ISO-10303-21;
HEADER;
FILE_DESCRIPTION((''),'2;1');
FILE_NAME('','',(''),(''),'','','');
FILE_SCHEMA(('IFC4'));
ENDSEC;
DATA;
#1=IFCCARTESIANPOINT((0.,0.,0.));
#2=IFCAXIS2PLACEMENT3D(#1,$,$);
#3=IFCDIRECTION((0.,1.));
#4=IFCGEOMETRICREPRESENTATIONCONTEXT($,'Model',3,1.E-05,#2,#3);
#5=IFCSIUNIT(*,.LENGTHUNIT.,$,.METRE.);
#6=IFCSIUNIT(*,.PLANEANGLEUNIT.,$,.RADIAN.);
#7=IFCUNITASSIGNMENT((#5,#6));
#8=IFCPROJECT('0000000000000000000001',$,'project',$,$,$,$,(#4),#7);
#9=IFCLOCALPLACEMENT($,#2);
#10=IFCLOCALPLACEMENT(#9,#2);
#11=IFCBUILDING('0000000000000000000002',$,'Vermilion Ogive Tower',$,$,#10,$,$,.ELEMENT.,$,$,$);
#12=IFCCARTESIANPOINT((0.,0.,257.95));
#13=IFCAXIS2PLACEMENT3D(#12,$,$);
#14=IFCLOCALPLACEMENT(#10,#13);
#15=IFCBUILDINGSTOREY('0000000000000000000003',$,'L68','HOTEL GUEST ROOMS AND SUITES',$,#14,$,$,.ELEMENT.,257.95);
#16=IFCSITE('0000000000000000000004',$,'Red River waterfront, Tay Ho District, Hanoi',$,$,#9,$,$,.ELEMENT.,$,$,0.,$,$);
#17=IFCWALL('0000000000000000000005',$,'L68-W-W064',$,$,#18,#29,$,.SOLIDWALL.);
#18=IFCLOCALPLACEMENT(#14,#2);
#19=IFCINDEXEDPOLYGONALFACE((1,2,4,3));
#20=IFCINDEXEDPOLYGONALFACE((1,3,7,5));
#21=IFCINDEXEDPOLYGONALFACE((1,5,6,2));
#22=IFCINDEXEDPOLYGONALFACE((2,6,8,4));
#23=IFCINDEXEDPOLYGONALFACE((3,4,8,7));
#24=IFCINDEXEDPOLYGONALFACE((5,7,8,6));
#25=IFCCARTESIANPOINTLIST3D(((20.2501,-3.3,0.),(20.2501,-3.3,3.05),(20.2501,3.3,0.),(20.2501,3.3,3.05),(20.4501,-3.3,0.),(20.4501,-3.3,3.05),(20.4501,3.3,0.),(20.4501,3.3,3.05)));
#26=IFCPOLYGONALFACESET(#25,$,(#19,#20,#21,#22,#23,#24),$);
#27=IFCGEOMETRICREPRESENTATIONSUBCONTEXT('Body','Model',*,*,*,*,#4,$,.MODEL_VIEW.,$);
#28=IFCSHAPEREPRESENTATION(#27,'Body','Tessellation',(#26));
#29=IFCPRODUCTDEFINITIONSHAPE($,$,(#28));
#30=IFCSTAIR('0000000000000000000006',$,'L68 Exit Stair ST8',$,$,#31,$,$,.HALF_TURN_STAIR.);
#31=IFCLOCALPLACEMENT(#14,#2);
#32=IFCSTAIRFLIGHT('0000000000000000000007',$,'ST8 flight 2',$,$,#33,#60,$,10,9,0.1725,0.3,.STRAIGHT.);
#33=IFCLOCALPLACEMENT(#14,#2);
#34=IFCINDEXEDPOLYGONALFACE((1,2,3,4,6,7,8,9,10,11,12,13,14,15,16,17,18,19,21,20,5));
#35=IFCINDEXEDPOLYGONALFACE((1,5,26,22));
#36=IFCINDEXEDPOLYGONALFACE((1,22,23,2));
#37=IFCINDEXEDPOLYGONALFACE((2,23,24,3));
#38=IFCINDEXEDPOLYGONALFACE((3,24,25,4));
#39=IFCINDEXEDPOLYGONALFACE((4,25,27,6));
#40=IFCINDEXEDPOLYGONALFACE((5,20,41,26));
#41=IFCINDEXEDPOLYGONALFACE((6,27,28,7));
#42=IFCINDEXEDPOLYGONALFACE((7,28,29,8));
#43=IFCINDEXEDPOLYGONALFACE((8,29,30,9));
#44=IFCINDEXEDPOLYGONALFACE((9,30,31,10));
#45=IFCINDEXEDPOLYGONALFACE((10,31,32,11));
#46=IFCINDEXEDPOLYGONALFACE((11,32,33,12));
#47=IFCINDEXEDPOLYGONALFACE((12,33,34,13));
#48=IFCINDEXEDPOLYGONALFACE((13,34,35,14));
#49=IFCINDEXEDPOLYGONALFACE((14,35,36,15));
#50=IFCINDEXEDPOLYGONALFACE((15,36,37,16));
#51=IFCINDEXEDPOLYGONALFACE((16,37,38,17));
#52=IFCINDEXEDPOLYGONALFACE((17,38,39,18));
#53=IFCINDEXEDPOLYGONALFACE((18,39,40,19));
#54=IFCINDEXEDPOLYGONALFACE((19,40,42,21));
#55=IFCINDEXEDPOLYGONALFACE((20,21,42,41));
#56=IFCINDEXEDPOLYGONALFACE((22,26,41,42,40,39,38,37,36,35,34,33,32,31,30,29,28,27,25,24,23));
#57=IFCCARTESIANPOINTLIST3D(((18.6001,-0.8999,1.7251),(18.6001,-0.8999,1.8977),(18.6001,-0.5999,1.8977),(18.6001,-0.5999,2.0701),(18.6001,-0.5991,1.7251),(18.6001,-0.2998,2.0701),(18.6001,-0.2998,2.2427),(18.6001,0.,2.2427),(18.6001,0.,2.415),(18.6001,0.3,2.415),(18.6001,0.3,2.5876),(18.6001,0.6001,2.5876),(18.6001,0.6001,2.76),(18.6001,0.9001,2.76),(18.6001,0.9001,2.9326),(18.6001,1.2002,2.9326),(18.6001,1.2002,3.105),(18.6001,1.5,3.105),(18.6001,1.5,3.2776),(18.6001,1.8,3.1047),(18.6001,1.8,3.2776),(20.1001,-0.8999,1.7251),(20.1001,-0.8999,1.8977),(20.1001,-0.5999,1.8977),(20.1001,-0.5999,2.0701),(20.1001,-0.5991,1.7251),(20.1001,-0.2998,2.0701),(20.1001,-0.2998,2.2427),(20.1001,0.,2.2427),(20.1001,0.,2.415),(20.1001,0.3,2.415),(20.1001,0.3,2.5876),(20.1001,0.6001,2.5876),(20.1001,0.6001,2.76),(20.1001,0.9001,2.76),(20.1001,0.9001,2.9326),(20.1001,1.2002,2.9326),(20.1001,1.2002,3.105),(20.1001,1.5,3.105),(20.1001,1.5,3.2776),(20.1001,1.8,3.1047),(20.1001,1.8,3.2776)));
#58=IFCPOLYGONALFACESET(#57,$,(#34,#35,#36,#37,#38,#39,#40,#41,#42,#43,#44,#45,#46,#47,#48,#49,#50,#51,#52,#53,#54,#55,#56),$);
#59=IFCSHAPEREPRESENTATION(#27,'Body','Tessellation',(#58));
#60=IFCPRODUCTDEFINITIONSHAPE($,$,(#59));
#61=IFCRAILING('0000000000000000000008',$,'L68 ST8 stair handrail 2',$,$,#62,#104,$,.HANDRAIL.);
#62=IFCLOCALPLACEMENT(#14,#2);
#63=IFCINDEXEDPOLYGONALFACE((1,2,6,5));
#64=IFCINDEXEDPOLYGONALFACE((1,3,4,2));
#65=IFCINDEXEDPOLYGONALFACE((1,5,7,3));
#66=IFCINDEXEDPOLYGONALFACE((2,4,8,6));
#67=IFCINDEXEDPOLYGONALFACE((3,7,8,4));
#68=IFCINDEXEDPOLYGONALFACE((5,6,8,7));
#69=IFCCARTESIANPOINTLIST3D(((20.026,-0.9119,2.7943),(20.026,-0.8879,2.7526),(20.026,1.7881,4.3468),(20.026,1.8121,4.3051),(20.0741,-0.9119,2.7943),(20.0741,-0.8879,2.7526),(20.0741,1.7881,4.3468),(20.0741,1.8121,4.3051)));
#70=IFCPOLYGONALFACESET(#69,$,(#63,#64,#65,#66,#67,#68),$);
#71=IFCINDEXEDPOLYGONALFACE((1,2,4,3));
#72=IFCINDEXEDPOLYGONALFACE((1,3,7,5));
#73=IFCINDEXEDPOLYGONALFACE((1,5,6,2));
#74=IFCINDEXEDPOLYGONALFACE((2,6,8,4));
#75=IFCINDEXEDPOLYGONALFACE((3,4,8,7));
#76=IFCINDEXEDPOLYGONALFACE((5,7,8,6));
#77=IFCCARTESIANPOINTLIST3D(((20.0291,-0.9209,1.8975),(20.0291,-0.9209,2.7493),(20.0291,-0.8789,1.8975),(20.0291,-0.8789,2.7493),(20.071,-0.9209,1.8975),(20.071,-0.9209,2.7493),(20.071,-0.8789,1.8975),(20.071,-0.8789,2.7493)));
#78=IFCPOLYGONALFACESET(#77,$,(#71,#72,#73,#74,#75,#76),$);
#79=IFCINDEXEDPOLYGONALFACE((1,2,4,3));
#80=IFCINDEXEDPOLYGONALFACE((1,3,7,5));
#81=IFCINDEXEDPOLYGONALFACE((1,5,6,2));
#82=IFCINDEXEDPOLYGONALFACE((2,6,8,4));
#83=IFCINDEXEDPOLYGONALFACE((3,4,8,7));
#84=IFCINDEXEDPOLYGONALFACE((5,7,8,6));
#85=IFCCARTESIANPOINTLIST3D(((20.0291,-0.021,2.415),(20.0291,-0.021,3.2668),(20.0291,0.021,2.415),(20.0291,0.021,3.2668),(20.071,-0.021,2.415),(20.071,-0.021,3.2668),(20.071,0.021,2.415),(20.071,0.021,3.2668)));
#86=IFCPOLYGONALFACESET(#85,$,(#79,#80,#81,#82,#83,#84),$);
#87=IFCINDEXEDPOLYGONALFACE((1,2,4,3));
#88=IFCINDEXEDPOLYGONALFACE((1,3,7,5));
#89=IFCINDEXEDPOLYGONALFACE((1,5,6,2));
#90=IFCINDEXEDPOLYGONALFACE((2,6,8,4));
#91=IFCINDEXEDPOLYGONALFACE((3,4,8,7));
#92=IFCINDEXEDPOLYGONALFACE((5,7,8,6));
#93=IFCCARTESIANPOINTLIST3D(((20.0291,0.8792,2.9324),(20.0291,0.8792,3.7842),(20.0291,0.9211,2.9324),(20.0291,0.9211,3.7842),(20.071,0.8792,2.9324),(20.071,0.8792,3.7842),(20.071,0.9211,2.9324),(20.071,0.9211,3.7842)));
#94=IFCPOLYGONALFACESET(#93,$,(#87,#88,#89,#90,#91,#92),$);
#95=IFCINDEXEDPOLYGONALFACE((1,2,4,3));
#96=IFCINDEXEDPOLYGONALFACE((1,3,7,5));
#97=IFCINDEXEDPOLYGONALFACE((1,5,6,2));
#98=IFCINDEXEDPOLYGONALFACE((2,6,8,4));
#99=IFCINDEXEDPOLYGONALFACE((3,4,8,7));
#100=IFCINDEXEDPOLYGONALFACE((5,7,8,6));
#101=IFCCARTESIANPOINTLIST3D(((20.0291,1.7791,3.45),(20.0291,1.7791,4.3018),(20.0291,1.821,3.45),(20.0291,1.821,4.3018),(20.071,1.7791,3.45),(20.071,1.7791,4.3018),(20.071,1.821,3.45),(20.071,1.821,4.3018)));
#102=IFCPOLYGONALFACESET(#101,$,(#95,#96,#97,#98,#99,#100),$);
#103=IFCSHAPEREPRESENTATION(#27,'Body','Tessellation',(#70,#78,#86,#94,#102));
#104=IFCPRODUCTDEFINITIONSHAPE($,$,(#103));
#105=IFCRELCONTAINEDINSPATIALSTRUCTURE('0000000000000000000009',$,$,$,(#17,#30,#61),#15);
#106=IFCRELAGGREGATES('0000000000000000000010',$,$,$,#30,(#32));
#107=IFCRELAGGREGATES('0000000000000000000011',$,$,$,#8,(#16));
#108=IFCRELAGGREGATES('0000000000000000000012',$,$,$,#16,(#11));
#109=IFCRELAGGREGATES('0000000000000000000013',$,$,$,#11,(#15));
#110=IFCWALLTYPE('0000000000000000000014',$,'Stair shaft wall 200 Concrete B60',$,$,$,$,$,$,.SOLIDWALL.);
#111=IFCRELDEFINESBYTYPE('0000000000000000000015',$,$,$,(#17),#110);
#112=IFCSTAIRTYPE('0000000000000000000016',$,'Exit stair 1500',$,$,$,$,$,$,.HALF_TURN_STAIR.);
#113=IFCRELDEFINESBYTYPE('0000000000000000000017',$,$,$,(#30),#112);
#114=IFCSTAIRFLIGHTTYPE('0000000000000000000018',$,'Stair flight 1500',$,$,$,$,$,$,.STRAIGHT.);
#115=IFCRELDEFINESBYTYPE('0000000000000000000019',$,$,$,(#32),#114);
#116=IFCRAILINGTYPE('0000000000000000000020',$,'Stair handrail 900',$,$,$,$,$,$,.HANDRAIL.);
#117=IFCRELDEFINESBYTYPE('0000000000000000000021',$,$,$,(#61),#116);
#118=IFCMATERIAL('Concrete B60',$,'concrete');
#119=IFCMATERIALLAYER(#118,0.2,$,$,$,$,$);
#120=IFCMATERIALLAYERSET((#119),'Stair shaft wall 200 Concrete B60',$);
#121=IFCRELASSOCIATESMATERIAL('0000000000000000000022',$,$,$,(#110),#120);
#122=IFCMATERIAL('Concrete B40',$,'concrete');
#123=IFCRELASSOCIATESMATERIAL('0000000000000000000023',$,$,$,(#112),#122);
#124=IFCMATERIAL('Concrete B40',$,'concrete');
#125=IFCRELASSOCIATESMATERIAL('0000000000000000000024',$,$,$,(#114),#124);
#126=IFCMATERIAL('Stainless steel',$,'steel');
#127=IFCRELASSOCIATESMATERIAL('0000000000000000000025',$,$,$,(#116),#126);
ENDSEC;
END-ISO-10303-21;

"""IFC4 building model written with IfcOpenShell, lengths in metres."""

from ifc_helpers import new_model, si_unit, direction, frame, frame_2d, origin, origin_2d, place, context, subcontext, project, spatial, polyline, rectangle, outline, extrude, material, layer, layer_set, type_object, element, aggregate, save


model = new_model("IFC4")

# Units and contexts
model_context = context("Model", 3, precision=1e-05, world=origin(), true_north=direction((0.0, 1.0)))
body_context = subcontext(model_context, "Body", "Model", "MODEL_VIEW")
ifc_project = project(units=[si_unit("LENGTHUNIT", "METRE"), si_unit("PLANEANGLEUNIT", "RADIAN")], contexts=[model_context])

# Site, building, storey
site_placement = place(None, origin())
site = spatial("IfcSite", under=ifc_project, at=site_placement, Name="Red River waterfront, Tay Ho District, Hanoi", CompositionType="ELEMENT", RefElevation=0.0)
building_placement = place(site_placement, origin())
building = spatial("IfcBuilding", under=site, at=building_placement, Name="Vermilion Ogive Tower", CompositionType="ELEMENT")
storey_placement = place(building_placement, frame((0.0, 0.0, 257.95)))
storey = spatial("IfcBuildingStorey", under=building, at=storey_placement, Name="L68", Description="HOTEL GUEST ROOMS AND SUITES", CompositionType="ELEMENT", Elevation=257.95)

# Shared definitions
ifc_material_1 = material(Name="Concrete B60", Category="concrete")
ifc_layer_1 = layer(ifc_material_1, 0.2)
ifc_layer_set_1 = layer_set([ifc_layer_1], Name="Stair shaft wall 200 Concrete B60")
wall_type_1 = type_object("IfcWallType", Name="Stair shaft wall 200 Concrete B60", PredefinedType="SOLIDWALL", material=ifc_layer_set_1)

# Wall
wall_1_placement = place(storey_placement, frame((20.3501, -3.3, 0.0), z_axis=(0.0, 0.0, 1.0), x_axis=(0.0, 1.0, 0.0)))
element("IfcWall", 1, at=wall_1_placement, inside=storey, type_object=wall_type_1, Name="L68-W-W064", PredefinedType="SOLIDWALL", context=body_context, shape_type="SweptSolid", body=[
    extrude(rectangle(XDim=6.6001, YDim=0.2, at=frame_2d((3.3, 0.0))), origin(), (0.0, 0.0, 1.0), 3.05),
])

# Stair, stair flight
ifc_material_2 = material(Name="Concrete B40", Category="concrete")
stair_type = type_object("IfcStairType", Name="Exit stair 1500", PredefinedType="HALF_TURN_STAIR", material=ifc_material_2)
stair_placement = place(storey_placement, origin())
stair = element("IfcStair", 2, at=stair_placement, inside=storey, type_object=stair_type, Name="L68 Exit Stair ST8", PredefinedType="HALF_TURN_STAIR")
ifc_material_3 = material(Name="Concrete B40", Category="concrete")
stair_flight_type = type_object("IfcStairFlightType", Name="Stair flight 1500", PredefinedType="STRAIGHT", material=ifc_material_3)
stair_flight_placement = place(storey_placement, frame((19.3501, -0.8999, 1.7251), z_axis=(0.0, 0.0, 1.0), x_axis=(0.0, 1.0, 0.0)))
stair_flight = element("IfcStairFlight", 3, at=stair_flight_placement, type_object=stair_flight_type, Name="ST8 flight 2", NumberOfRisers=10, NumberOfTreads=9, PredefinedType="STRAIGHT", RiserHeight=0.1725, TreadLength=0.3, context=body_context, shape_type="SweptSolid", body=[
    extrude(outline(polyline([(0.0, 0.0), (0.0, 0.1726), (0.3, 0.1726), (0.3, 0.345), (0.6001, 0.345), (0.6001, 0.5176), (0.8999, 0.5176), (0.8999, 0.6899), (1.2, 0.6899), (1.2, 0.8625), (1.5, 0.8625), (1.5, 1.0349), (1.8, 1.0349), (1.8, 1.2075), (2.1001, 1.2075), (2.1001, 1.3799), (2.3999, 1.3799), (2.3999, 1.5525), (2.7, 1.5525), (2.7, 1.7251), (2.7, 1.3796), (0.3008, 0.0), (0.0, 0.0)])), frame((0.0, 0.75, 0.0), z_axis=(0.0, -1.0, 0.0), x_axis=(1.0, 0.0, 0.0)), (0.0, 0.0, 1.0), 1.5),
])
aggregate(stair, [stair_flight])

# Railing
ifc_material_4 = material(Name="Stainless steel", Category="steel")
railing_type = type_object("IfcRailingType", Name="Stair handrail 900", PredefinedType="HANDRAIL", material=ifc_material_4)
railing_placement = place(storey_placement, frame((20.05, -0.8999, 1.8975)))
element("IfcRailing", 4, at=railing_placement, inside=storey, type_object=railing_type, Name="L68 ST8 stair handrail 2", PredefinedType="HANDRAIL", context=body_context, shape_type="SweptSolid", body=[
    extrude(rectangle(XDim=0.0481, YDim=0.0481, at=origin_2d()), frame((0.0, 0.0, 0.876), z_axis=(0.0, 0.866904, 0.498476), x_axis=(-1.0, 0.0, 0.0)), (0.0, 0.0, 1.0), 3.1145),
    extrude(rectangle(XDim=0.042, YDim=0.042, at=origin_2d()), origin(), (0.0, 0.0, 1.0), 0.8518),
    extrude(rectangle(XDim=0.042, YDim=0.042, at=origin_2d()), frame((0.0, 0.8999, 0.5176)), (0.0, 0.0, 1.0), 0.8518),
    extrude(rectangle(XDim=0.042, YDim=0.042, at=origin_2d()), frame((0.0, 1.8, 1.0349)), (0.0, 0.0, 1.0), 0.8518),
    extrude(rectangle(XDim=0.042, YDim=0.042, at=origin_2d()), frame((0.0, 2.7, 1.5525)), (0.0, 0.0, 1.0), 0.8518),
])

save(model, "model.ifc")
